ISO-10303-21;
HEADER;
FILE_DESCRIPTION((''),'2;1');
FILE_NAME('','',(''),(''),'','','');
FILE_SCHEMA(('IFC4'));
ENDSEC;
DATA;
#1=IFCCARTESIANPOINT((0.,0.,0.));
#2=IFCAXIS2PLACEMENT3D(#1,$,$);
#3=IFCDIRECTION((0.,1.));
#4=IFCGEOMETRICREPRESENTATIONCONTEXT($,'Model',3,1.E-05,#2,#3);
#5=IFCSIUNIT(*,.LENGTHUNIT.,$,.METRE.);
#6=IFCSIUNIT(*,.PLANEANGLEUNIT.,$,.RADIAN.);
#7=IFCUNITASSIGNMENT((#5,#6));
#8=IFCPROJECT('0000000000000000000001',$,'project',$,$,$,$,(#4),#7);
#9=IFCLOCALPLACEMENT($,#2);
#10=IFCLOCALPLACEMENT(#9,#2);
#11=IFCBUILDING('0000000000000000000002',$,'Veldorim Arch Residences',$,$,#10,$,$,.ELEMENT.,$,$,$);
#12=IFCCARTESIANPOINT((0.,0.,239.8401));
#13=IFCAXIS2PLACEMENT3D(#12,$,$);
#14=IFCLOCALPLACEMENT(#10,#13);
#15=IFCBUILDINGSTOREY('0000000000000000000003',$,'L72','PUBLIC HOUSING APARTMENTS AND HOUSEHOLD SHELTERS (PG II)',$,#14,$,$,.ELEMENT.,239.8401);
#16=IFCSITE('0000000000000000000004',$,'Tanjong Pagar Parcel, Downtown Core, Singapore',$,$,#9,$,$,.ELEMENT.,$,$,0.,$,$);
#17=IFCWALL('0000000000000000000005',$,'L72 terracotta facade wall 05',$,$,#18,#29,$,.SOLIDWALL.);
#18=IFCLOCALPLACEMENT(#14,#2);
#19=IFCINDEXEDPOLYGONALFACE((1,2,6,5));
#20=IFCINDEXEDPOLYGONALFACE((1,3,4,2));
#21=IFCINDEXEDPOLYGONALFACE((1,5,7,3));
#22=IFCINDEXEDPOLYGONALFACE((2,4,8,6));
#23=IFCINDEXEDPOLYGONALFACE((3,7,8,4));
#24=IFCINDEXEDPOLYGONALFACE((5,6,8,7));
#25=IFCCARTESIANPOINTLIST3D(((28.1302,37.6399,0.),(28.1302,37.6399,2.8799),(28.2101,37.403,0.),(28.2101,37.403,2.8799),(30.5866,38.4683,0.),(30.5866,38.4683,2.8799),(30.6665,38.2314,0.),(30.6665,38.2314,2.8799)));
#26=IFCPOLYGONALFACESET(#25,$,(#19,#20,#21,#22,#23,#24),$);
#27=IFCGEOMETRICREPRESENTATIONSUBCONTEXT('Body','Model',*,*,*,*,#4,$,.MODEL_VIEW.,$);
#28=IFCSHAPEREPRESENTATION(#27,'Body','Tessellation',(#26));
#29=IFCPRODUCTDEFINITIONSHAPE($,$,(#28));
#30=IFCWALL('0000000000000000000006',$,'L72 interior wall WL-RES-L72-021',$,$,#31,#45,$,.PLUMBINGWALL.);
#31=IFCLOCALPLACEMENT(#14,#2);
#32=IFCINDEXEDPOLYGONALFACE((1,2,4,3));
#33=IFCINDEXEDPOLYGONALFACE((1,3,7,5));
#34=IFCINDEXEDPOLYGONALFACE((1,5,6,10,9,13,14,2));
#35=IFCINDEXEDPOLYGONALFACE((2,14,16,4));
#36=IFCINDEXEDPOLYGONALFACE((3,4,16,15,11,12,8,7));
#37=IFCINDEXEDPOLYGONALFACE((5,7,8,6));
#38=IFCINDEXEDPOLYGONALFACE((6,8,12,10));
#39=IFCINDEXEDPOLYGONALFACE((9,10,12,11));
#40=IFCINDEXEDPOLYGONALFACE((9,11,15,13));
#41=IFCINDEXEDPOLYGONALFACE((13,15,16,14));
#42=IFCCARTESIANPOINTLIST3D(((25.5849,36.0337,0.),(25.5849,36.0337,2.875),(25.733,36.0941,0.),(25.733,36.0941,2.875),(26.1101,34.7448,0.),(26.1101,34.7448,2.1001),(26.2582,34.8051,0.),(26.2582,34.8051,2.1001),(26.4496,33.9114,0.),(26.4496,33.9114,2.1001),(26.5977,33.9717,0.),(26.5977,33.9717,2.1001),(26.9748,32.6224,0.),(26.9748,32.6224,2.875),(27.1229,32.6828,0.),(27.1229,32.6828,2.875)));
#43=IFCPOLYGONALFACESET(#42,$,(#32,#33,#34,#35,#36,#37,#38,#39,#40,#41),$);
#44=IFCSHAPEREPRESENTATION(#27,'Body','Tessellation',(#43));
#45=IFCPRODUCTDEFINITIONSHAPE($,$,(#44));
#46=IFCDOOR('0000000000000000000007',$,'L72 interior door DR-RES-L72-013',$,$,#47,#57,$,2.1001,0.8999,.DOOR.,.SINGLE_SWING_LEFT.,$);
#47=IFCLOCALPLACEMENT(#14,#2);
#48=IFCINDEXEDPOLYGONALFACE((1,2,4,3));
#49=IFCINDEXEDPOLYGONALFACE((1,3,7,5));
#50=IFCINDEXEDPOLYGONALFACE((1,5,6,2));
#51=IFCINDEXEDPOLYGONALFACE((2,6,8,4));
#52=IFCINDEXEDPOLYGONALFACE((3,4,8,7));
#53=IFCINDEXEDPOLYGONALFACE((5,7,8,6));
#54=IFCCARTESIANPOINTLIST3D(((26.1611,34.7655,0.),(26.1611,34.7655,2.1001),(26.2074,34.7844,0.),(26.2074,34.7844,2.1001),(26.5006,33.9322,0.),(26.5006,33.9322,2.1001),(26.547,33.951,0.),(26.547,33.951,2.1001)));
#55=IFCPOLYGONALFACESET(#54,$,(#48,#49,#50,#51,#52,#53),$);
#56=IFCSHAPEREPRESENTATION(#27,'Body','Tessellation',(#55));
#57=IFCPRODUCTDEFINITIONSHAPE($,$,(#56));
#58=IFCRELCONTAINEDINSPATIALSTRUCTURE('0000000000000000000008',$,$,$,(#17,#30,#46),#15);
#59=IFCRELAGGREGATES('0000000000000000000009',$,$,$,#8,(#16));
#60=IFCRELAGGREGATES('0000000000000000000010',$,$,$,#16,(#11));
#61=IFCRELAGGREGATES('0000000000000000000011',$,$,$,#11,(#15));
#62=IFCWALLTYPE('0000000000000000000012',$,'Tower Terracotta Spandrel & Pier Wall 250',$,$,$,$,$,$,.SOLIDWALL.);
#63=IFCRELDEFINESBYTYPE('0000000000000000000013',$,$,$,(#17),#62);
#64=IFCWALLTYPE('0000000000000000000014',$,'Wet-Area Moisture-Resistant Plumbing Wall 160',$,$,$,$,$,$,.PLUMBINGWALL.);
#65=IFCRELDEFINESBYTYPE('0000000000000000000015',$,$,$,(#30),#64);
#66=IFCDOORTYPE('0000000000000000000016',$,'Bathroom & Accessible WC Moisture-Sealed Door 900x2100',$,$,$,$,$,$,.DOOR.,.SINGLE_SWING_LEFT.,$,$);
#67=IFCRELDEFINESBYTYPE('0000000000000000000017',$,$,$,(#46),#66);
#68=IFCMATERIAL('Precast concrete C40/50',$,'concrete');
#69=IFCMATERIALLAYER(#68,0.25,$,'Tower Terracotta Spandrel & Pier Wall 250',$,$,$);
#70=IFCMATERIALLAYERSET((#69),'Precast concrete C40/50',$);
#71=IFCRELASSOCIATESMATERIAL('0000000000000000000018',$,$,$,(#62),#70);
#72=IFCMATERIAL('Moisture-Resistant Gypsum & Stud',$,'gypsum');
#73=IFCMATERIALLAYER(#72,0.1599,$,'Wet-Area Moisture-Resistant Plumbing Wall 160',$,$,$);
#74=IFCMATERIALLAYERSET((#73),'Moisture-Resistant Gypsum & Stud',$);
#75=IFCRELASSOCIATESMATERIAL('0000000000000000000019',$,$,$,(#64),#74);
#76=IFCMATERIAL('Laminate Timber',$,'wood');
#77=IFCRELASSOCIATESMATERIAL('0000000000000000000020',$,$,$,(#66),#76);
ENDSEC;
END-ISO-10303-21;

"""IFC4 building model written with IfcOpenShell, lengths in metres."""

from ifc_helpers import new_model, si_unit, direction, frame, frame_2d, origin, place, context, subcontext, project, spatial, rectangle, extrude, material, layer, layer_set, type_object, element, fill, save


model = new_model("IFC4")

# Units and contexts
model_context = context("Model", 3, precision=1e-05, world=origin(), true_north=direction((0.0, 1.0)))
body_context = subcontext(model_context, "Body", "Model", "MODEL_VIEW")
ifc_project = project(units=[si_unit("LENGTHUNIT", "METRE"), si_unit("PLANEANGLEUNIT", "RADIAN")], contexts=[model_context])

# Site, building, storey
site_placement = place(None, origin())
site = spatial("IfcSite", under=ifc_project, at=site_placement, Name="Tanjong Pagar Parcel, Downtown Core, Singapore", CompositionType="ELEMENT", RefElevation=0.0)
building_placement = place(site_placement, origin())
building = spatial("IfcBuilding", under=site, at=building_placement, Name="Veldorim Arch Residences", CompositionType="ELEMENT")
storey_placement = place(building_placement, frame((0.0, 0.0, 239.8401)))
storey = spatial("IfcBuildingStorey", under=building, at=storey_placement, Name="L72", Description="PUBLIC HOUSING APARTMENTS AND HOUSEHOLD SHELTERS (PG II)", CompositionType="ELEMENT", Elevation=239.8401)

# Shared definitions
ifc_material_1 = material(Name="Precast concrete C40/50", Category="concrete")
ifc_layer_1 = layer(ifc_material_1, 0.25, Name="Tower Terracotta Spandrel & Pier Wall 250")
ifc_layer_set_1 = layer_set([ifc_layer_1], Name="Precast concrete C40/50")
wall_type_1 = type_object("IfcWallType", Name="Tower Terracotta Spandrel & Pier Wall 250", PredefinedType="SOLIDWALL", material=ifc_layer_set_1)

# Wall
wall_1_placement = place(storey_placement, frame((28.1702, 37.5215, 0.0), z_axis=(0.0, 0.0, 1.0), x_axis=(0.947566, 0.31956, 0.0)))
element("IfcWall", 1, at=wall_1_placement, inside=storey, type_object=wall_type_1, Name="L72 terracotta facade wall 05", PredefinedType="SOLIDWALL", context=body_context, shape_type="SweptSolid", body=[
    extrude(rectangle(XDim=2.5923, YDim=0.25, at=frame_2d((1.2961, 0.0))), origin(), (0.0, 0.0, 1.0), 2.8799),
])

# Wall, opening, door
ifc_material_2 = material(Name="Moisture-Resistant Gypsum & Stud", Category="gypsum")
ifc_layer_2 = layer(ifc_material_2, 0.1599, Name="Wet-Area Moisture-Resistant Plumbing Wall 160")
ifc_layer_set_2 = layer_set([ifc_layer_2], Name="Moisture-Resistant Gypsum & Stud")
wall_type_2 = type_object("IfcWallType", Name="Wet-Area Moisture-Resistant Plumbing Wall 160", PredefinedType="PLUMBINGWALL", material=ifc_layer_set_2)
wall_2_placement = place(storey_placement, frame((27.0488, 32.6526, 0.0), z_axis=(0.0, 0.0, 1.0), x_axis=(-0.377314, 0.926085, 0.0)))
wall_2 = element("IfcWall", 2, at=wall_2_placement, inside=storey, type_object=wall_type_2, Name="L72 interior wall WL-RES-L72-021", PredefinedType="PLUMBINGWALL", context=body_context, shape_type="SweptSolid", body=[
    extrude(rectangle(XDim=3.6836, YDim=0.1599, at=frame_2d((1.8418, 0.0))), origin(), (0.0, 0.0, 1.0), 2.875),
])
opening_1_placement = place(wall_2_placement, frame((1.3918, 0.0, 0.0)))
opening_1 = element("IfcOpeningElement", 3, at=opening_1_placement, cuts=wall_2, PredefinedType="OPENING", context=body_context, shape_type="SweptSolid", body=[
    extrude(rectangle(XDim=0.8999, YDim=2.1001, at=frame_2d((0.45, 1.05))), frame((0.0, 0.0898, 0.0), z_axis=(0.0, -1.0, 0.0), x_axis=(1.0, 0.0, 0.0)), (0.0, 0.0, 1.0), 0.1799),
])
ifc_material_3 = material(Name="Laminate Timber", Category="wood")
door_type_1 = type_object("IfcDoorType", Name="Bathroom & Accessible WC Moisture-Sealed Door 900x2100", OperationType="SINGLE_SWING_LEFT", PredefinedType="DOOR", material=ifc_material_3)
door_1_placement = place(opening_1_placement, origin())
door_1 = element("IfcDoor", 4, at=door_1_placement, inside=storey, type_object=door_type_1, Name="L72 interior door DR-RES-L72-013", OperationType="SINGLE_SWING_LEFT", OverallHeight=2.1001, OverallWidth=0.8999, PredefinedType="DOOR", context=body_context, shape_type="SweptSolid", body=[
    extrude(rectangle(XDim=0.8999, YDim=2.1001, at=frame_2d((0.45, 1.05))), frame((0.0, 0.0249, 0.0), z_axis=(0.0, -1.0, 0.0), x_axis=(1.0, 0.0, 0.0)), (0.0, 0.0, 1.0), 0.05),
])
fill(opening_1, door_1)

save(model, "model.ifc")
